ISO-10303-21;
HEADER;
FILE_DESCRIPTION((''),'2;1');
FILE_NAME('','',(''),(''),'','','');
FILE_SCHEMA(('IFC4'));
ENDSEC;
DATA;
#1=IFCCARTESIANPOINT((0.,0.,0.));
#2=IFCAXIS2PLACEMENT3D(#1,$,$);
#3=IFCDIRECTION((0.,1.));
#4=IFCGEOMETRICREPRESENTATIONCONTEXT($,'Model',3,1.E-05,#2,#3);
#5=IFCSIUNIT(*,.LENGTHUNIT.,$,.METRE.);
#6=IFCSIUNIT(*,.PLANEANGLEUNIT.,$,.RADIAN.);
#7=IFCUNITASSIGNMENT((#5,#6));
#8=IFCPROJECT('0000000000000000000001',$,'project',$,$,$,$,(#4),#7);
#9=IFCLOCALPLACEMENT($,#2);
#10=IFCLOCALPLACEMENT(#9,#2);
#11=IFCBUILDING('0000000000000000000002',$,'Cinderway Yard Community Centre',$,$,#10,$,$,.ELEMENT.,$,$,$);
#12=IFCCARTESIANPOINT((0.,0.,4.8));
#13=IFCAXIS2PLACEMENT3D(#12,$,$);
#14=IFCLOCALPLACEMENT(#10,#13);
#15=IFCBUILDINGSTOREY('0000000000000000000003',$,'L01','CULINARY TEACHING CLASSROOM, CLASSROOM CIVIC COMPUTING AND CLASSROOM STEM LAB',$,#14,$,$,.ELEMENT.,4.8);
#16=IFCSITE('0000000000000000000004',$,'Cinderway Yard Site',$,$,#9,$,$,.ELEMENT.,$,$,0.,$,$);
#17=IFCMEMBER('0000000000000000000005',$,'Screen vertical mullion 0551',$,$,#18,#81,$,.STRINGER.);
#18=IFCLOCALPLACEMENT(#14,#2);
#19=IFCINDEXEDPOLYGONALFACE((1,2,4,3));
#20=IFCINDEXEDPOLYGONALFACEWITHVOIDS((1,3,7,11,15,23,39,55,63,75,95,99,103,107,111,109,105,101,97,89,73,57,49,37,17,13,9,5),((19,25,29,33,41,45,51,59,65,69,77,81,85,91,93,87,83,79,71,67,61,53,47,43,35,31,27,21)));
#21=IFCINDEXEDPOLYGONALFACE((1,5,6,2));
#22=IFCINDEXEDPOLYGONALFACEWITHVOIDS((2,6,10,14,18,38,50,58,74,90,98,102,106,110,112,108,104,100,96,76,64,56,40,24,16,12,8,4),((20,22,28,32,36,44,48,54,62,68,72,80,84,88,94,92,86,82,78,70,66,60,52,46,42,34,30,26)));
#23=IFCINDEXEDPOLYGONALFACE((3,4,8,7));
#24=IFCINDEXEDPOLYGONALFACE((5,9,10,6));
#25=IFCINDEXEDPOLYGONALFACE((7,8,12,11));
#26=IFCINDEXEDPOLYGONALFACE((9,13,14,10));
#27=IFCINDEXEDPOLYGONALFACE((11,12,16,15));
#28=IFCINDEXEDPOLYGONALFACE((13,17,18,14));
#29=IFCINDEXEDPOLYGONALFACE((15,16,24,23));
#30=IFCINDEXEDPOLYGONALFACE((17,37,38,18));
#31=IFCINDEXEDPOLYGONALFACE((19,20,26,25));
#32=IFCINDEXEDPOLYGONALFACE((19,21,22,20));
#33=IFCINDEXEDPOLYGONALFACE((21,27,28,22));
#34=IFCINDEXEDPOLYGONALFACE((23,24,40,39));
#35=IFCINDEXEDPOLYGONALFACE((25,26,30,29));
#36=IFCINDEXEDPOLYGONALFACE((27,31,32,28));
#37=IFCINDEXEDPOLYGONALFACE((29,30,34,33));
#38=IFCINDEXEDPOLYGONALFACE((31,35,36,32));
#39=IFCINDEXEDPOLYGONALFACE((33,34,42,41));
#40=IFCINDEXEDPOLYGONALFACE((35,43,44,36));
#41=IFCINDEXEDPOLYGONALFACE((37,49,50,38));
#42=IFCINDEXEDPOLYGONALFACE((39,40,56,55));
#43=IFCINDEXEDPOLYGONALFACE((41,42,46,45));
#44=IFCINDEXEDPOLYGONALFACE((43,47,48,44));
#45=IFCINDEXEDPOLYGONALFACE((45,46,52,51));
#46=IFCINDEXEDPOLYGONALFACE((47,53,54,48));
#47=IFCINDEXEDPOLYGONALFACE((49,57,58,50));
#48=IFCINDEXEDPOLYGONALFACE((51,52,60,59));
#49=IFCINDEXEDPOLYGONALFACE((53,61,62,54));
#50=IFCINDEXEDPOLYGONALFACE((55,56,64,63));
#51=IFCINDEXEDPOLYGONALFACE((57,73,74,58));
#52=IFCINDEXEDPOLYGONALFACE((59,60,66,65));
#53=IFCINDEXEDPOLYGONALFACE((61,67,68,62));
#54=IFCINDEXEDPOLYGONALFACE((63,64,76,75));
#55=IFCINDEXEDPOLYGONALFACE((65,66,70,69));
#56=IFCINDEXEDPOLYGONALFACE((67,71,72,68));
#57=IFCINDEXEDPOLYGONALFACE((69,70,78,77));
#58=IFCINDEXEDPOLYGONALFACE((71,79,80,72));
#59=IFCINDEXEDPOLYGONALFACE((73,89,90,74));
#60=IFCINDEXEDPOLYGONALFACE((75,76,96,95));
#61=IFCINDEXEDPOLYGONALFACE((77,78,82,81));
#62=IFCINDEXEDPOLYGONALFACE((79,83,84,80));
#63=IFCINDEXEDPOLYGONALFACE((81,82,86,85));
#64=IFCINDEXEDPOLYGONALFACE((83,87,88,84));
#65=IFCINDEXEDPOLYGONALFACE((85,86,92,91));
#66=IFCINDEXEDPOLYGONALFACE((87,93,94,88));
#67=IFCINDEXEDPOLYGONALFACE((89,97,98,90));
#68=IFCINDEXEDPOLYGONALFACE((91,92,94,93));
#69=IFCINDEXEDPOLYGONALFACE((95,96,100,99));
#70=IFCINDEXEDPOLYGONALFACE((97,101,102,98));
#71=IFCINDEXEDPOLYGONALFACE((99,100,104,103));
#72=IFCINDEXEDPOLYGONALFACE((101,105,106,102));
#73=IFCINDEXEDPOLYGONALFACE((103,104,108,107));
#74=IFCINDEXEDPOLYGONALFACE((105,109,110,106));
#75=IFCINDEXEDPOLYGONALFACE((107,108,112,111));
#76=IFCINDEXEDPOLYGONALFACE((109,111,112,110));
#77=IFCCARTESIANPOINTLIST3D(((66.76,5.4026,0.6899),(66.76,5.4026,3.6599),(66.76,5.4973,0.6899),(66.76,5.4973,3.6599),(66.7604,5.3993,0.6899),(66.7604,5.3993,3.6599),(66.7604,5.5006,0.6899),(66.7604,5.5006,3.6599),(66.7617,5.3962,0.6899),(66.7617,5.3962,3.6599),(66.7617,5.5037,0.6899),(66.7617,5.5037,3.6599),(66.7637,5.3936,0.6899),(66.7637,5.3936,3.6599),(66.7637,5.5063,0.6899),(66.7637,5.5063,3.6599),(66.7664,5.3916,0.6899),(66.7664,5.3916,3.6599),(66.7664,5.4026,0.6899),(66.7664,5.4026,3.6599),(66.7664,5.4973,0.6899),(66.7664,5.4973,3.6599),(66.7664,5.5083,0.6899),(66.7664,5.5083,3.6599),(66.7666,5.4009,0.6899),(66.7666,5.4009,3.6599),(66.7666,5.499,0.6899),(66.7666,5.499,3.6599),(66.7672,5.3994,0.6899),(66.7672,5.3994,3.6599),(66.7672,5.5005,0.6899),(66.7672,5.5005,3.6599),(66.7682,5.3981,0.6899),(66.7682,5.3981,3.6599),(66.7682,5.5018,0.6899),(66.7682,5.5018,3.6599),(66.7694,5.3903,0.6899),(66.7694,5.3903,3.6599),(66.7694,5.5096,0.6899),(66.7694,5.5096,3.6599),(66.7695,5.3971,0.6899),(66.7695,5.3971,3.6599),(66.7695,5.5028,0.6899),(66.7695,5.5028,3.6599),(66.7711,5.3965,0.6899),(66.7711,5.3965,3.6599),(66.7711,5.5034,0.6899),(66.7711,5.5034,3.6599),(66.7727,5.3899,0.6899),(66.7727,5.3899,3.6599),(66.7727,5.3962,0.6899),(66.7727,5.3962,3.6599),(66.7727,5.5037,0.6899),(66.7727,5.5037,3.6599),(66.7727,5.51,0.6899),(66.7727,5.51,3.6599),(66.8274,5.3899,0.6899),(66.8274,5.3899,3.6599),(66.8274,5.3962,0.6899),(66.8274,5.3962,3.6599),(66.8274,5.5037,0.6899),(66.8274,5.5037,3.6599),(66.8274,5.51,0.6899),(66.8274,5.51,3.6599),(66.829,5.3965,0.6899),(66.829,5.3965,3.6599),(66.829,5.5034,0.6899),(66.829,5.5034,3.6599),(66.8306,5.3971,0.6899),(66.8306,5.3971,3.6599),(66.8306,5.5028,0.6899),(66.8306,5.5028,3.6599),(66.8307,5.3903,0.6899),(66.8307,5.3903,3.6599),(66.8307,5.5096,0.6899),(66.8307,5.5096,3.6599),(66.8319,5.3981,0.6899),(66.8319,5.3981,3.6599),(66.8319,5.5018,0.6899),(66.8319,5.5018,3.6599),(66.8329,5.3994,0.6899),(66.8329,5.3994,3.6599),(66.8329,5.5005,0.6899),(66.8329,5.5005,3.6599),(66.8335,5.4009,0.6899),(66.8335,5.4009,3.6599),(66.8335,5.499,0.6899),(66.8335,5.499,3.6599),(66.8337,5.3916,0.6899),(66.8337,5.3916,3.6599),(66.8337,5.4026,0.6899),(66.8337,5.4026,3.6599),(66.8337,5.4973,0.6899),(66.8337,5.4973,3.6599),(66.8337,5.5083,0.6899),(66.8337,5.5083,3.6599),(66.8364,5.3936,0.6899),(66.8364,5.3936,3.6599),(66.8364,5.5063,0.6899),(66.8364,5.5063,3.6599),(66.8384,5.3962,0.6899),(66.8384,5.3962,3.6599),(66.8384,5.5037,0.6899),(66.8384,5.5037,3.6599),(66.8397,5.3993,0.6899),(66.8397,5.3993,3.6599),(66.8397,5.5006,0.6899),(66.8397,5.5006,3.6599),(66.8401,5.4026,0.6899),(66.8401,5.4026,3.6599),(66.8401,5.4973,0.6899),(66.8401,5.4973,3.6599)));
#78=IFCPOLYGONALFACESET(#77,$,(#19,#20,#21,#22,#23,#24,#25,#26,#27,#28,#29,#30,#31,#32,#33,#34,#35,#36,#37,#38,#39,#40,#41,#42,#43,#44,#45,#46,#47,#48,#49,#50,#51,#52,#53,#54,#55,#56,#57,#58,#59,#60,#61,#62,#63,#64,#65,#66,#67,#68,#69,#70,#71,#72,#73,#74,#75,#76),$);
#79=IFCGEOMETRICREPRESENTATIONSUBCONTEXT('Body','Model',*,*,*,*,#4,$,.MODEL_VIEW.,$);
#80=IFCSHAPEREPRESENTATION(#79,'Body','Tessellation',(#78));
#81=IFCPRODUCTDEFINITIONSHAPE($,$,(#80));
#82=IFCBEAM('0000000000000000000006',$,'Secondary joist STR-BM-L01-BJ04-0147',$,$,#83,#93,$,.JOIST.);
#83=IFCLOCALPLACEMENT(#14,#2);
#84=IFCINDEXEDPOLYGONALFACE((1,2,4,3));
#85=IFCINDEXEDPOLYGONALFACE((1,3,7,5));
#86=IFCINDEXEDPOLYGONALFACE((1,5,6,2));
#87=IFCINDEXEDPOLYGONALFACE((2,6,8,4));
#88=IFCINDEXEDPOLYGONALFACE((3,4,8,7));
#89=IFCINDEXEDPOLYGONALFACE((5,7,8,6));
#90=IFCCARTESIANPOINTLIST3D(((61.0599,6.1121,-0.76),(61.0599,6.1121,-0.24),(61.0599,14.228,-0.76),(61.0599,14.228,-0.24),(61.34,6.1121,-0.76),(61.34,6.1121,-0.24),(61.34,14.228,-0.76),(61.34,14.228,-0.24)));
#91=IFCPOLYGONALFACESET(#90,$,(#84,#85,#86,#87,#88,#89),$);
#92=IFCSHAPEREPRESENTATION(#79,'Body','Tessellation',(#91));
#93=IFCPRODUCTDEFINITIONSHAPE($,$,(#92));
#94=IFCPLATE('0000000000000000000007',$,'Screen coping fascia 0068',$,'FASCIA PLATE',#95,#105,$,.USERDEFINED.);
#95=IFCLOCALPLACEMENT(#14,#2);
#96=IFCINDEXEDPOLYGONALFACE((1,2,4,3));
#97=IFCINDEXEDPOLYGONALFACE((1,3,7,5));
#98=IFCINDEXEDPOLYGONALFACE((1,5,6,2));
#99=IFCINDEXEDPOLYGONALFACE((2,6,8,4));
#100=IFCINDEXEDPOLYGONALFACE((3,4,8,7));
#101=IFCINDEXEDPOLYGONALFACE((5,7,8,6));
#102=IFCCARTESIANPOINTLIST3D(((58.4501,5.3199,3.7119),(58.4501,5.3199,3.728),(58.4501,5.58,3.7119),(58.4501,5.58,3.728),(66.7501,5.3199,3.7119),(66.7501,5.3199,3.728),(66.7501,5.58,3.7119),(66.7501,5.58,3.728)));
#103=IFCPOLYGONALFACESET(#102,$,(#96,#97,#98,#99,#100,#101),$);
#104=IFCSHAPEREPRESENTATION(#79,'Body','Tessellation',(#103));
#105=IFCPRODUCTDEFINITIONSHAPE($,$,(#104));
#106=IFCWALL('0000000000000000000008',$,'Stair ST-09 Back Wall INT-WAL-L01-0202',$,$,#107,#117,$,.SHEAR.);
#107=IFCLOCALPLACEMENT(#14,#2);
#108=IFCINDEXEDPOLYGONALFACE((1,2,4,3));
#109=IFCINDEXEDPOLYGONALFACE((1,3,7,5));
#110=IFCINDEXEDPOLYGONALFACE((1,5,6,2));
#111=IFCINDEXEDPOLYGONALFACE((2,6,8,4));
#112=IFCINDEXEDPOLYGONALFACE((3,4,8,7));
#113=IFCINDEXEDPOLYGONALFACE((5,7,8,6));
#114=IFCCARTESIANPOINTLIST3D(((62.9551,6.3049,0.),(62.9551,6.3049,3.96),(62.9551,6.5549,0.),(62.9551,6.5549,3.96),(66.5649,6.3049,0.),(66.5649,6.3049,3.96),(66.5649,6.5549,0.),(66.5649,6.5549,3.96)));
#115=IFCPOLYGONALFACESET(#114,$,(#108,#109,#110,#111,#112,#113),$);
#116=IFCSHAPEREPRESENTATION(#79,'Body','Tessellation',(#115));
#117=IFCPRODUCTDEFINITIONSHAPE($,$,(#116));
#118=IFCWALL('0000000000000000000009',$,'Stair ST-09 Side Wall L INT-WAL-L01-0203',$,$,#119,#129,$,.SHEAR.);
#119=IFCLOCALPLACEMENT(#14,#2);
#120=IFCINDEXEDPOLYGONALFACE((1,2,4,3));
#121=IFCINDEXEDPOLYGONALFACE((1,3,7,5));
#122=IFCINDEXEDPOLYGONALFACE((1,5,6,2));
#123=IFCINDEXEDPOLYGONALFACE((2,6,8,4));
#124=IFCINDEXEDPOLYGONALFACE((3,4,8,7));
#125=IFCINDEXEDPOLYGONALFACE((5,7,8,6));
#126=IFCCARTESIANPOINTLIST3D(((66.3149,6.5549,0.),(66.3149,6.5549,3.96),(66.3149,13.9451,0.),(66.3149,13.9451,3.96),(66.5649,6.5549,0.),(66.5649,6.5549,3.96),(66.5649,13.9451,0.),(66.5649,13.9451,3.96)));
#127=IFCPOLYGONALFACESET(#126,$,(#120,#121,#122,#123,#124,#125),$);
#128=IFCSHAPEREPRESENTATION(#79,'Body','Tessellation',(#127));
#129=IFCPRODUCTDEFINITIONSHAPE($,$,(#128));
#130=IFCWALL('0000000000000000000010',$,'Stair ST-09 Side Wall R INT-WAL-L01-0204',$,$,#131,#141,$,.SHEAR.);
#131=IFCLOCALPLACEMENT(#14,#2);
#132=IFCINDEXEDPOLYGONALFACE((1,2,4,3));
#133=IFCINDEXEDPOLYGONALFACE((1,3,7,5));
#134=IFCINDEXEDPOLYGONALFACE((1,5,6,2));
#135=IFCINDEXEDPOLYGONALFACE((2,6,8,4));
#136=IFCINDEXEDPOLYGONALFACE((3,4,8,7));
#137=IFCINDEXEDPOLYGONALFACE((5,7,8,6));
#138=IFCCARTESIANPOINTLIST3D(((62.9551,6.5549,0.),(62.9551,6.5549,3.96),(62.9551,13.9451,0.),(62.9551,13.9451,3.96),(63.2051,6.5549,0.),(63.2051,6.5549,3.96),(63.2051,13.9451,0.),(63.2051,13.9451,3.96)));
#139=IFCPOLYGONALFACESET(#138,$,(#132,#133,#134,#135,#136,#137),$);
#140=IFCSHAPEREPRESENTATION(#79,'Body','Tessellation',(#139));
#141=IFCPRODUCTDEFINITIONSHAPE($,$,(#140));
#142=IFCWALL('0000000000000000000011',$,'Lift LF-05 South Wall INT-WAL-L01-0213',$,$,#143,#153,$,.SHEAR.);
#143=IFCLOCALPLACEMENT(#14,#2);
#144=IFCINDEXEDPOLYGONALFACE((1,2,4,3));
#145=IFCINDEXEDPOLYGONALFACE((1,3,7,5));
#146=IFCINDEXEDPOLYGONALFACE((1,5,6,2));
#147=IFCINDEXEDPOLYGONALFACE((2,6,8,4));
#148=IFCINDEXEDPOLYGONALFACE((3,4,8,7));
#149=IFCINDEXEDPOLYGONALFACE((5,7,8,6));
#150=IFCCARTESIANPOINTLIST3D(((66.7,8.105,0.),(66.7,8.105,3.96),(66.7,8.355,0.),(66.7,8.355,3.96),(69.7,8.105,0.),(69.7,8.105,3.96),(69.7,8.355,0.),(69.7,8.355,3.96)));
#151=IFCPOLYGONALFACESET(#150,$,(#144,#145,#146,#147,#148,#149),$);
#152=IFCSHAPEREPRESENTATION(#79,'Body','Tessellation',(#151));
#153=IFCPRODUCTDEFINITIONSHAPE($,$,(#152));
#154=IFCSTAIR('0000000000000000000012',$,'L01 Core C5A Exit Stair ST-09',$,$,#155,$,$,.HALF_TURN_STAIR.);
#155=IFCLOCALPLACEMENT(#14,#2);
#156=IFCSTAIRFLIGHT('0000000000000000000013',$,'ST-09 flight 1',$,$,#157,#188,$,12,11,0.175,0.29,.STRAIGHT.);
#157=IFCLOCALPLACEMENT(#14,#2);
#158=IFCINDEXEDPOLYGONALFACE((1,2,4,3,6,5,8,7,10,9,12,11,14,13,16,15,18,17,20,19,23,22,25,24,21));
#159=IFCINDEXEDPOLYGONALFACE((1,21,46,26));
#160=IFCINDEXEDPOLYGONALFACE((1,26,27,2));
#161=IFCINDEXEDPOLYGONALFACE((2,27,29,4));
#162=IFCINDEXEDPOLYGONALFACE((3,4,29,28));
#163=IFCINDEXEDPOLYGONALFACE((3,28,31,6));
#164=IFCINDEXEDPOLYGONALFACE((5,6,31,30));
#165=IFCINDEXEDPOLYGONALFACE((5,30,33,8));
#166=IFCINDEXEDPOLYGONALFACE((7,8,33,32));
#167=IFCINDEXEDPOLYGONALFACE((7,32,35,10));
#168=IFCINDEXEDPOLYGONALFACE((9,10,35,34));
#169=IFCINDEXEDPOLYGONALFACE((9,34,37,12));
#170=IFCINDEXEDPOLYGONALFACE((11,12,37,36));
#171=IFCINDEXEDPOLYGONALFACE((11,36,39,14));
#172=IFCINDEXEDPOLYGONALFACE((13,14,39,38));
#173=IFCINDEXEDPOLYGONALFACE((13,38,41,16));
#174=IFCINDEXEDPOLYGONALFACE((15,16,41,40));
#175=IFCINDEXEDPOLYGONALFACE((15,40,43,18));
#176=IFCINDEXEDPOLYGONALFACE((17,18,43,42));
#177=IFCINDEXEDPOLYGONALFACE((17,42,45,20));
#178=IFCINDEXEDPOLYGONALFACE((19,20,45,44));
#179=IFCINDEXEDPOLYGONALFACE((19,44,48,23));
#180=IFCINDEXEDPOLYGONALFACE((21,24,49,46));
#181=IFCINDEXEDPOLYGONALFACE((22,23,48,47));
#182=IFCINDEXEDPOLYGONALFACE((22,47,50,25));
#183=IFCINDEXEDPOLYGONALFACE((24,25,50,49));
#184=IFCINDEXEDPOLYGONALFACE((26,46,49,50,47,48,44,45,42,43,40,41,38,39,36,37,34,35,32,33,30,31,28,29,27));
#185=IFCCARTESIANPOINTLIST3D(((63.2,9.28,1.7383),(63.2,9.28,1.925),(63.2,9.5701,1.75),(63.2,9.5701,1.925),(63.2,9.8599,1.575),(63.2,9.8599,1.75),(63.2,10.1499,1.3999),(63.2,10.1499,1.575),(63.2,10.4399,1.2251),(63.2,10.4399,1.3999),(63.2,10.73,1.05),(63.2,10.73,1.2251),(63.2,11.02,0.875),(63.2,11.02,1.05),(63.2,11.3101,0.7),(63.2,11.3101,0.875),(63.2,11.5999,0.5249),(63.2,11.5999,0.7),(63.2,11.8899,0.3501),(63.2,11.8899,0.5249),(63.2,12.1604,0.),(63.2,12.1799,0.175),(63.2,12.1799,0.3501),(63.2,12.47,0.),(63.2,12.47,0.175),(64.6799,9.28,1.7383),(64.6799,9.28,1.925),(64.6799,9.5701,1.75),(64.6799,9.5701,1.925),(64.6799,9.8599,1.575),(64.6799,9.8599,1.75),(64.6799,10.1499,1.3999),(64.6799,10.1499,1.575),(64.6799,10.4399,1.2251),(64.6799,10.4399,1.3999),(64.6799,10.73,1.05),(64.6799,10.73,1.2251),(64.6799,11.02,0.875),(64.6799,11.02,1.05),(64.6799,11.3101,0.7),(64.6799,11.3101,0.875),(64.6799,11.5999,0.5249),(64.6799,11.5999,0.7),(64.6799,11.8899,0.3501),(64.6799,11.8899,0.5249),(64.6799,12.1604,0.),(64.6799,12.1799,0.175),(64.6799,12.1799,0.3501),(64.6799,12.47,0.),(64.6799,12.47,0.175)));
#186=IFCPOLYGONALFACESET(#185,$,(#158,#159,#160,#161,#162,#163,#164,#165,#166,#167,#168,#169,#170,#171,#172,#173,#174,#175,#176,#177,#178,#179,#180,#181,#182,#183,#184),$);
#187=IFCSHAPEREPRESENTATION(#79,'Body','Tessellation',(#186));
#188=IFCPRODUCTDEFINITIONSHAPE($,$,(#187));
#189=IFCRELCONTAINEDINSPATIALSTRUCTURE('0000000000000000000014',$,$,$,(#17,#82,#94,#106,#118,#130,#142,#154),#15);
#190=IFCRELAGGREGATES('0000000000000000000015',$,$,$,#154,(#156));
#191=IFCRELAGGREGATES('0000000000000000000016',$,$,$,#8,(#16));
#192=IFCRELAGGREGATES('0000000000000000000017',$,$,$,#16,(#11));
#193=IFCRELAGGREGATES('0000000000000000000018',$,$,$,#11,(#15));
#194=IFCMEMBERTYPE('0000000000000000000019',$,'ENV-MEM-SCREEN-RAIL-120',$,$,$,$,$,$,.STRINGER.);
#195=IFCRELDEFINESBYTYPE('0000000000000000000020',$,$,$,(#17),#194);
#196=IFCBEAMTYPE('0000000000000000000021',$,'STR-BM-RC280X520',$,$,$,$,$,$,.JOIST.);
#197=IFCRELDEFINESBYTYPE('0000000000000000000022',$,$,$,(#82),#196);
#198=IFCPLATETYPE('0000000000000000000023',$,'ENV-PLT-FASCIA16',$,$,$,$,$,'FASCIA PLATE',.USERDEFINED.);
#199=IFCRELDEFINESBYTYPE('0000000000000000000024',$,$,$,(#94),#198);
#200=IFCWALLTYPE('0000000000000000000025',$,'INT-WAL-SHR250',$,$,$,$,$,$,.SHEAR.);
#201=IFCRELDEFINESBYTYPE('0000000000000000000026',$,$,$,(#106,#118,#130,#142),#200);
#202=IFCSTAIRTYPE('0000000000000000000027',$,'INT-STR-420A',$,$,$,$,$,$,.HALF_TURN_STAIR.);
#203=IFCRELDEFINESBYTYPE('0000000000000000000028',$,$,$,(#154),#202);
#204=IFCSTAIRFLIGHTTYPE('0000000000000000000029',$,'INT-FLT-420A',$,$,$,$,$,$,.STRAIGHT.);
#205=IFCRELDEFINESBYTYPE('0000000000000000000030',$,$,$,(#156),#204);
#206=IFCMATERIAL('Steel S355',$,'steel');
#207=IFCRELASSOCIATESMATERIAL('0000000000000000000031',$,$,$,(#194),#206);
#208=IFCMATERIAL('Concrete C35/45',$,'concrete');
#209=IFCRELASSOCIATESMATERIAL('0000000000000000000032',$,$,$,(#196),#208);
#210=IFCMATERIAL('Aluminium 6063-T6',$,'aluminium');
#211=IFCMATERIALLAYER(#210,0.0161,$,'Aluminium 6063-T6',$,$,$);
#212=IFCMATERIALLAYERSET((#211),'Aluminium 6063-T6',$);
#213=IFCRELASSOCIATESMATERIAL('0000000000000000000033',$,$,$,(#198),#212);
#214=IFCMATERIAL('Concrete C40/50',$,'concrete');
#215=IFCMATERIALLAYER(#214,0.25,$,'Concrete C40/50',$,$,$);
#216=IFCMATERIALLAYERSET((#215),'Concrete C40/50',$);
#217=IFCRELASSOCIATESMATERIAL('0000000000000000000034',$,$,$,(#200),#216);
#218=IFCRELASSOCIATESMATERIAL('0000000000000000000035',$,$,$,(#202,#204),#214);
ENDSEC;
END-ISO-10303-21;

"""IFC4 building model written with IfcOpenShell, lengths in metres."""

from ifc_helpers import new_model, si_unit, direction, frame, frame_2d, origin, origin_2d, place, context, subcontext, project, spatial, polyline, rectangle, hollow_rectangle, outline, extrude, material, layer, layer_set, material_profile, profile_set, type_object, element, aggregate, save


model = new_model("IFC4")

# Units and contexts
model_context = context("Model", 3, precision=1e-05, world=origin(), true_north=direction((0.0, 1.0)))
body_context = subcontext(model_context, "Body", "Model", "MODEL_VIEW")
ifc_project = project(units=[si_unit("LENGTHUNIT", "METRE"), si_unit("PLANEANGLEUNIT", "RADIAN")], contexts=[model_context])

# Site, building, storey
site_placement = place(None, origin())
site = spatial("IfcSite", under=ifc_project, at=site_placement, Name="Cinderway Yard Site", CompositionType="ELEMENT", RefElevation=0.0)
building_placement = place(site_placement, origin())
building = spatial("IfcBuilding", under=site, at=building_placement, Name="Cinderway Yard Community Centre", CompositionType="ELEMENT")
storey_placement = place(building_placement, frame((0.0, 0.0, 4.8)))
storey = spatial("IfcBuildingStorey", under=building, at=storey_placement, Name="L01", Description="CULINARY TEACHING CLASSROOM, CLASSROOM CIVIC COMPUTING AND CLASSROOM STEM LAB", CompositionType="ELEMENT", Elevation=4.8)

# Member
ifc_material_1 = material(Name="Steel S355", Category="steel")
ifc_material_profile_1 = material_profile(ifc_material_1, hollow_rectangle(XDim=0.0801, YDim=0.1201, WallThickness=0.0063, InnerFilletRadius=0.0063, OuterFilletRadius=0.0127, at=origin_2d()), Name="Steel S355")
ifc_profile_set_1 = profile_set([ifc_material_profile_1], Name="Steel S355")
member_type = type_object("IfcMemberType", Name="ENV-MEM-SCREEN-RAIL-120", PredefinedType="STRINGER", material=ifc_profile_set_1)
for number, where, z_axis, x_axis, name in (
    (1, (66.8, 5.45, 0.6899), (0.0, 0.0, 1.0), (1.0, 0.0, 0.0), "Screen vertical mullion 0551"),
):
    element("IfcMember", number, at=place(storey_placement, frame(where, z_axis=z_axis, x_axis=x_axis)), inside=storey, type_object=member_type, Name=name, PredefinedType="STRINGER", context=body_context, shape_type="SweptSolid", body=[
        extrude(hollow_rectangle(XDim=0.0801, YDim=0.1201, WallThickness=0.0063, InnerFilletRadius=0.0063, OuterFilletRadius=0.0127, at=origin_2d()), origin(), (0.0, 0.0, 1.0), 2.97),
    ])

# Beam
ifc_material_2 = material(Name="Concrete C35/45", Category="concrete")
ifc_material_profile_2 = material_profile(ifc_material_2, rectangle(XDim=0.28, YDim=0.52, at=origin_2d()), Name="Concrete C35/45")
ifc_profile_set_2 = profile_set([ifc_material_profile_2], Name="Concrete C35/45")
beam_type = type_object("IfcBeamType", Name="STR-BM-RC280X520", PredefinedType="JOIST", material=ifc_profile_set_2)
beam_placement = place(storey_placement, frame((61.2, 6.1121, -0.5), z_axis=(0.0, 1.0, 0.0), x_axis=(-1.0, 0.0, 0.0)))
element("IfcBeam", 2, at=beam_placement, inside=storey, type_object=beam_type, Name="Secondary joist STR-BM-L01-BJ04-0147", PredefinedType="JOIST", context=body_context, shape_type="SweptSolid", body=[
    extrude(rectangle(XDim=0.28, YDim=0.52, at=origin_2d()), origin(), (0.0, 0.0, 1.0), 8.116),
])

# Plate
ifc_material_3 = material(Name="Aluminium 6063-T6", Category="aluminium")
ifc_layer_1 = layer(ifc_material_3, 0.0161, Name="Aluminium 6063-T6")
ifc_layer_set_1 = layer_set([ifc_layer_1], Name="Aluminium 6063-T6")
plate_type = type_object("IfcPlateType", Name="ENV-PLT-FASCIA16", ElementType="FASCIA PLATE", PredefinedType="USERDEFINED", material=ifc_layer_set_1)
plate_placement = place(storey_placement, frame((62.6001, 5.45, 3.7119), z_axis=(0.0, 0.0, 1.0), x_axis=(-1.0, 0.0, 0.0)))
element("IfcPlate", 3, at=plate_placement, inside=storey, type_object=plate_type, Name="Screen coping fascia 0068", ObjectType="FASCIA PLATE", PredefinedType="USERDEFINED", context=body_context, shape_type="SweptSolid", body=[
    extrude(rectangle(XDim=8.3, YDim=0.26, at=origin_2d()), origin(), (0.0, 0.0, 1.0), 0.0161),
])

# Shared definitions
ifc_material_4 = material(Name="Concrete C40/50", Category="concrete")
ifc_layer_2 = layer(ifc_material_4, 0.25, Name="Concrete C40/50")
ifc_layer_set_2 = layer_set([ifc_layer_2], Name="Concrete C40/50")
wall_type = type_object("IfcWallType", Name="INT-WAL-SHR250", PredefinedType="SHEAR", material=ifc_layer_set_2)

# Walls
wall_1_placement = place(storey_placement, frame((66.5649, 6.4299, 0.0), z_axis=(0.0, 0.0, 1.0), x_axis=(-1.0, 0.0, 0.0)))
element("IfcWall", 4, at=wall_1_placement, inside=storey, type_object=wall_type, Name="Stair ST-09 Back Wall INT-WAL-L01-0202", PredefinedType="SHEAR", context=body_context, shape_type="SweptSolid", body=[
    extrude(rectangle(XDim=3.6099, YDim=0.25, at=frame_2d((1.8049, 0.0))), origin(), (0.0, 0.0, 1.0), 3.96),
])
for number, where, z_axis, x_axis, name in (
    (5, (66.4399, 13.9451, 0.0), (0.0, 0.0, 1.0), (0.0, -1.0, 0.0), "Stair ST-09 Side Wall L INT-WAL-L01-0203"),
    (6, (63.0801, 6.5549, 0.0), (0.0, 0.0, 1.0), (0.0, 1.0, 0.0), "Stair ST-09 Side Wall R INT-WAL-L01-0204"),
):
    element("IfcWall", number, at=place(storey_placement, frame(where, z_axis=z_axis, x_axis=x_axis)), inside=storey, type_object=wall_type, Name=name, PredefinedType="SHEAR", context=body_context, shape_type="SweptSolid", body=[
        extrude(rectangle(XDim=7.3901, YDim=0.25, at=frame_2d((3.6951, 0.0))), origin(), (0.0, 0.0, 1.0), 3.96),
    ])
wall_2_placement = place(storey_placement, frame((66.7, 8.23, 0.0), z_axis=(0.0, 0.0, 1.0), x_axis=(1.0, 0.0, 0.0)))
element("IfcWall", 7, at=wall_2_placement, inside=storey, type_object=wall_type, Name="Lift LF-05 South Wall INT-WAL-L01-0213", PredefinedType="SHEAR", context=body_context, shape_type="SweptSolid", body=[
    extrude(rectangle(XDim=3.0, YDim=0.25, at=frame_2d((1.5, 0.0))), origin(), (0.0, 0.0, 1.0), 3.96),
])

# Stair, stair flight
stair_type = type_object("IfcStairType", Name="INT-STR-420A", PredefinedType="HALF_TURN_STAIR", material=ifc_material_4)
stair_placement = place(storey_placement, origin())
stair = element("IfcStair", 8, at=stair_placement, inside=storey, type_object=stair_type, Name="L01 Core C5A Exit Stair ST-09", PredefinedType="HALF_TURN_STAIR")
stair_flight_type = type_object("IfcStairFlightType", Name="INT-FLT-420A", PredefinedType="STRAIGHT", material=ifc_material_4)
stair_flight_1_placement = place(storey_placement, frame((63.9399, 12.47, 0.0), z_axis=(0.0, 0.0, 1.0), x_axis=(0.0, -1.0, 0.0)))
stair_flight_1 = element("IfcStairFlight", 9, at=stair_flight_1_placement, type_object=stair_flight_type, Name="ST-09 flight 1", NumberOfRisers=12, NumberOfTreads=11, PredefinedType="STRAIGHT", RiserHeight=0.175, TreadLength=0.29, context=body_context, shape_type="SweptSolid", body=[
    extrude(outline(polyline([(0.0, 0.0), (0.0, 0.175), (0.29, 0.175), (0.29, 0.3501), (0.5801, 0.3501), (0.5801, 0.5249), (0.8701, 0.5249), (0.8701, 0.7), (1.1599, 0.7), (1.1599, 0.875), (1.45, 0.875), (1.45, 1.05), (1.74, 1.05), (1.74, 1.2251), (2.03, 1.2251), (2.03, 1.3999), (2.3201, 1.3999), (2.3201, 1.575), (2.6101, 1.575), (2.6101, 1.75), (2.8999, 1.75), (2.8999, 1.925), (3.1899, 1.925), (3.1899, 2.1001), (3.1899, 1.7383), (0.3096, 0.0), (0.0, 0.0)])), frame((0.0, 0.74, 0.0), z_axis=(0.0, -1.0, 0.0), x_axis=(1.0, 0.0, 0.0)), (0.0, 0.0, 1.0), 1.48),
])
aggregate(stair, [stair_flight_1])

save(model, "model.ifc")
